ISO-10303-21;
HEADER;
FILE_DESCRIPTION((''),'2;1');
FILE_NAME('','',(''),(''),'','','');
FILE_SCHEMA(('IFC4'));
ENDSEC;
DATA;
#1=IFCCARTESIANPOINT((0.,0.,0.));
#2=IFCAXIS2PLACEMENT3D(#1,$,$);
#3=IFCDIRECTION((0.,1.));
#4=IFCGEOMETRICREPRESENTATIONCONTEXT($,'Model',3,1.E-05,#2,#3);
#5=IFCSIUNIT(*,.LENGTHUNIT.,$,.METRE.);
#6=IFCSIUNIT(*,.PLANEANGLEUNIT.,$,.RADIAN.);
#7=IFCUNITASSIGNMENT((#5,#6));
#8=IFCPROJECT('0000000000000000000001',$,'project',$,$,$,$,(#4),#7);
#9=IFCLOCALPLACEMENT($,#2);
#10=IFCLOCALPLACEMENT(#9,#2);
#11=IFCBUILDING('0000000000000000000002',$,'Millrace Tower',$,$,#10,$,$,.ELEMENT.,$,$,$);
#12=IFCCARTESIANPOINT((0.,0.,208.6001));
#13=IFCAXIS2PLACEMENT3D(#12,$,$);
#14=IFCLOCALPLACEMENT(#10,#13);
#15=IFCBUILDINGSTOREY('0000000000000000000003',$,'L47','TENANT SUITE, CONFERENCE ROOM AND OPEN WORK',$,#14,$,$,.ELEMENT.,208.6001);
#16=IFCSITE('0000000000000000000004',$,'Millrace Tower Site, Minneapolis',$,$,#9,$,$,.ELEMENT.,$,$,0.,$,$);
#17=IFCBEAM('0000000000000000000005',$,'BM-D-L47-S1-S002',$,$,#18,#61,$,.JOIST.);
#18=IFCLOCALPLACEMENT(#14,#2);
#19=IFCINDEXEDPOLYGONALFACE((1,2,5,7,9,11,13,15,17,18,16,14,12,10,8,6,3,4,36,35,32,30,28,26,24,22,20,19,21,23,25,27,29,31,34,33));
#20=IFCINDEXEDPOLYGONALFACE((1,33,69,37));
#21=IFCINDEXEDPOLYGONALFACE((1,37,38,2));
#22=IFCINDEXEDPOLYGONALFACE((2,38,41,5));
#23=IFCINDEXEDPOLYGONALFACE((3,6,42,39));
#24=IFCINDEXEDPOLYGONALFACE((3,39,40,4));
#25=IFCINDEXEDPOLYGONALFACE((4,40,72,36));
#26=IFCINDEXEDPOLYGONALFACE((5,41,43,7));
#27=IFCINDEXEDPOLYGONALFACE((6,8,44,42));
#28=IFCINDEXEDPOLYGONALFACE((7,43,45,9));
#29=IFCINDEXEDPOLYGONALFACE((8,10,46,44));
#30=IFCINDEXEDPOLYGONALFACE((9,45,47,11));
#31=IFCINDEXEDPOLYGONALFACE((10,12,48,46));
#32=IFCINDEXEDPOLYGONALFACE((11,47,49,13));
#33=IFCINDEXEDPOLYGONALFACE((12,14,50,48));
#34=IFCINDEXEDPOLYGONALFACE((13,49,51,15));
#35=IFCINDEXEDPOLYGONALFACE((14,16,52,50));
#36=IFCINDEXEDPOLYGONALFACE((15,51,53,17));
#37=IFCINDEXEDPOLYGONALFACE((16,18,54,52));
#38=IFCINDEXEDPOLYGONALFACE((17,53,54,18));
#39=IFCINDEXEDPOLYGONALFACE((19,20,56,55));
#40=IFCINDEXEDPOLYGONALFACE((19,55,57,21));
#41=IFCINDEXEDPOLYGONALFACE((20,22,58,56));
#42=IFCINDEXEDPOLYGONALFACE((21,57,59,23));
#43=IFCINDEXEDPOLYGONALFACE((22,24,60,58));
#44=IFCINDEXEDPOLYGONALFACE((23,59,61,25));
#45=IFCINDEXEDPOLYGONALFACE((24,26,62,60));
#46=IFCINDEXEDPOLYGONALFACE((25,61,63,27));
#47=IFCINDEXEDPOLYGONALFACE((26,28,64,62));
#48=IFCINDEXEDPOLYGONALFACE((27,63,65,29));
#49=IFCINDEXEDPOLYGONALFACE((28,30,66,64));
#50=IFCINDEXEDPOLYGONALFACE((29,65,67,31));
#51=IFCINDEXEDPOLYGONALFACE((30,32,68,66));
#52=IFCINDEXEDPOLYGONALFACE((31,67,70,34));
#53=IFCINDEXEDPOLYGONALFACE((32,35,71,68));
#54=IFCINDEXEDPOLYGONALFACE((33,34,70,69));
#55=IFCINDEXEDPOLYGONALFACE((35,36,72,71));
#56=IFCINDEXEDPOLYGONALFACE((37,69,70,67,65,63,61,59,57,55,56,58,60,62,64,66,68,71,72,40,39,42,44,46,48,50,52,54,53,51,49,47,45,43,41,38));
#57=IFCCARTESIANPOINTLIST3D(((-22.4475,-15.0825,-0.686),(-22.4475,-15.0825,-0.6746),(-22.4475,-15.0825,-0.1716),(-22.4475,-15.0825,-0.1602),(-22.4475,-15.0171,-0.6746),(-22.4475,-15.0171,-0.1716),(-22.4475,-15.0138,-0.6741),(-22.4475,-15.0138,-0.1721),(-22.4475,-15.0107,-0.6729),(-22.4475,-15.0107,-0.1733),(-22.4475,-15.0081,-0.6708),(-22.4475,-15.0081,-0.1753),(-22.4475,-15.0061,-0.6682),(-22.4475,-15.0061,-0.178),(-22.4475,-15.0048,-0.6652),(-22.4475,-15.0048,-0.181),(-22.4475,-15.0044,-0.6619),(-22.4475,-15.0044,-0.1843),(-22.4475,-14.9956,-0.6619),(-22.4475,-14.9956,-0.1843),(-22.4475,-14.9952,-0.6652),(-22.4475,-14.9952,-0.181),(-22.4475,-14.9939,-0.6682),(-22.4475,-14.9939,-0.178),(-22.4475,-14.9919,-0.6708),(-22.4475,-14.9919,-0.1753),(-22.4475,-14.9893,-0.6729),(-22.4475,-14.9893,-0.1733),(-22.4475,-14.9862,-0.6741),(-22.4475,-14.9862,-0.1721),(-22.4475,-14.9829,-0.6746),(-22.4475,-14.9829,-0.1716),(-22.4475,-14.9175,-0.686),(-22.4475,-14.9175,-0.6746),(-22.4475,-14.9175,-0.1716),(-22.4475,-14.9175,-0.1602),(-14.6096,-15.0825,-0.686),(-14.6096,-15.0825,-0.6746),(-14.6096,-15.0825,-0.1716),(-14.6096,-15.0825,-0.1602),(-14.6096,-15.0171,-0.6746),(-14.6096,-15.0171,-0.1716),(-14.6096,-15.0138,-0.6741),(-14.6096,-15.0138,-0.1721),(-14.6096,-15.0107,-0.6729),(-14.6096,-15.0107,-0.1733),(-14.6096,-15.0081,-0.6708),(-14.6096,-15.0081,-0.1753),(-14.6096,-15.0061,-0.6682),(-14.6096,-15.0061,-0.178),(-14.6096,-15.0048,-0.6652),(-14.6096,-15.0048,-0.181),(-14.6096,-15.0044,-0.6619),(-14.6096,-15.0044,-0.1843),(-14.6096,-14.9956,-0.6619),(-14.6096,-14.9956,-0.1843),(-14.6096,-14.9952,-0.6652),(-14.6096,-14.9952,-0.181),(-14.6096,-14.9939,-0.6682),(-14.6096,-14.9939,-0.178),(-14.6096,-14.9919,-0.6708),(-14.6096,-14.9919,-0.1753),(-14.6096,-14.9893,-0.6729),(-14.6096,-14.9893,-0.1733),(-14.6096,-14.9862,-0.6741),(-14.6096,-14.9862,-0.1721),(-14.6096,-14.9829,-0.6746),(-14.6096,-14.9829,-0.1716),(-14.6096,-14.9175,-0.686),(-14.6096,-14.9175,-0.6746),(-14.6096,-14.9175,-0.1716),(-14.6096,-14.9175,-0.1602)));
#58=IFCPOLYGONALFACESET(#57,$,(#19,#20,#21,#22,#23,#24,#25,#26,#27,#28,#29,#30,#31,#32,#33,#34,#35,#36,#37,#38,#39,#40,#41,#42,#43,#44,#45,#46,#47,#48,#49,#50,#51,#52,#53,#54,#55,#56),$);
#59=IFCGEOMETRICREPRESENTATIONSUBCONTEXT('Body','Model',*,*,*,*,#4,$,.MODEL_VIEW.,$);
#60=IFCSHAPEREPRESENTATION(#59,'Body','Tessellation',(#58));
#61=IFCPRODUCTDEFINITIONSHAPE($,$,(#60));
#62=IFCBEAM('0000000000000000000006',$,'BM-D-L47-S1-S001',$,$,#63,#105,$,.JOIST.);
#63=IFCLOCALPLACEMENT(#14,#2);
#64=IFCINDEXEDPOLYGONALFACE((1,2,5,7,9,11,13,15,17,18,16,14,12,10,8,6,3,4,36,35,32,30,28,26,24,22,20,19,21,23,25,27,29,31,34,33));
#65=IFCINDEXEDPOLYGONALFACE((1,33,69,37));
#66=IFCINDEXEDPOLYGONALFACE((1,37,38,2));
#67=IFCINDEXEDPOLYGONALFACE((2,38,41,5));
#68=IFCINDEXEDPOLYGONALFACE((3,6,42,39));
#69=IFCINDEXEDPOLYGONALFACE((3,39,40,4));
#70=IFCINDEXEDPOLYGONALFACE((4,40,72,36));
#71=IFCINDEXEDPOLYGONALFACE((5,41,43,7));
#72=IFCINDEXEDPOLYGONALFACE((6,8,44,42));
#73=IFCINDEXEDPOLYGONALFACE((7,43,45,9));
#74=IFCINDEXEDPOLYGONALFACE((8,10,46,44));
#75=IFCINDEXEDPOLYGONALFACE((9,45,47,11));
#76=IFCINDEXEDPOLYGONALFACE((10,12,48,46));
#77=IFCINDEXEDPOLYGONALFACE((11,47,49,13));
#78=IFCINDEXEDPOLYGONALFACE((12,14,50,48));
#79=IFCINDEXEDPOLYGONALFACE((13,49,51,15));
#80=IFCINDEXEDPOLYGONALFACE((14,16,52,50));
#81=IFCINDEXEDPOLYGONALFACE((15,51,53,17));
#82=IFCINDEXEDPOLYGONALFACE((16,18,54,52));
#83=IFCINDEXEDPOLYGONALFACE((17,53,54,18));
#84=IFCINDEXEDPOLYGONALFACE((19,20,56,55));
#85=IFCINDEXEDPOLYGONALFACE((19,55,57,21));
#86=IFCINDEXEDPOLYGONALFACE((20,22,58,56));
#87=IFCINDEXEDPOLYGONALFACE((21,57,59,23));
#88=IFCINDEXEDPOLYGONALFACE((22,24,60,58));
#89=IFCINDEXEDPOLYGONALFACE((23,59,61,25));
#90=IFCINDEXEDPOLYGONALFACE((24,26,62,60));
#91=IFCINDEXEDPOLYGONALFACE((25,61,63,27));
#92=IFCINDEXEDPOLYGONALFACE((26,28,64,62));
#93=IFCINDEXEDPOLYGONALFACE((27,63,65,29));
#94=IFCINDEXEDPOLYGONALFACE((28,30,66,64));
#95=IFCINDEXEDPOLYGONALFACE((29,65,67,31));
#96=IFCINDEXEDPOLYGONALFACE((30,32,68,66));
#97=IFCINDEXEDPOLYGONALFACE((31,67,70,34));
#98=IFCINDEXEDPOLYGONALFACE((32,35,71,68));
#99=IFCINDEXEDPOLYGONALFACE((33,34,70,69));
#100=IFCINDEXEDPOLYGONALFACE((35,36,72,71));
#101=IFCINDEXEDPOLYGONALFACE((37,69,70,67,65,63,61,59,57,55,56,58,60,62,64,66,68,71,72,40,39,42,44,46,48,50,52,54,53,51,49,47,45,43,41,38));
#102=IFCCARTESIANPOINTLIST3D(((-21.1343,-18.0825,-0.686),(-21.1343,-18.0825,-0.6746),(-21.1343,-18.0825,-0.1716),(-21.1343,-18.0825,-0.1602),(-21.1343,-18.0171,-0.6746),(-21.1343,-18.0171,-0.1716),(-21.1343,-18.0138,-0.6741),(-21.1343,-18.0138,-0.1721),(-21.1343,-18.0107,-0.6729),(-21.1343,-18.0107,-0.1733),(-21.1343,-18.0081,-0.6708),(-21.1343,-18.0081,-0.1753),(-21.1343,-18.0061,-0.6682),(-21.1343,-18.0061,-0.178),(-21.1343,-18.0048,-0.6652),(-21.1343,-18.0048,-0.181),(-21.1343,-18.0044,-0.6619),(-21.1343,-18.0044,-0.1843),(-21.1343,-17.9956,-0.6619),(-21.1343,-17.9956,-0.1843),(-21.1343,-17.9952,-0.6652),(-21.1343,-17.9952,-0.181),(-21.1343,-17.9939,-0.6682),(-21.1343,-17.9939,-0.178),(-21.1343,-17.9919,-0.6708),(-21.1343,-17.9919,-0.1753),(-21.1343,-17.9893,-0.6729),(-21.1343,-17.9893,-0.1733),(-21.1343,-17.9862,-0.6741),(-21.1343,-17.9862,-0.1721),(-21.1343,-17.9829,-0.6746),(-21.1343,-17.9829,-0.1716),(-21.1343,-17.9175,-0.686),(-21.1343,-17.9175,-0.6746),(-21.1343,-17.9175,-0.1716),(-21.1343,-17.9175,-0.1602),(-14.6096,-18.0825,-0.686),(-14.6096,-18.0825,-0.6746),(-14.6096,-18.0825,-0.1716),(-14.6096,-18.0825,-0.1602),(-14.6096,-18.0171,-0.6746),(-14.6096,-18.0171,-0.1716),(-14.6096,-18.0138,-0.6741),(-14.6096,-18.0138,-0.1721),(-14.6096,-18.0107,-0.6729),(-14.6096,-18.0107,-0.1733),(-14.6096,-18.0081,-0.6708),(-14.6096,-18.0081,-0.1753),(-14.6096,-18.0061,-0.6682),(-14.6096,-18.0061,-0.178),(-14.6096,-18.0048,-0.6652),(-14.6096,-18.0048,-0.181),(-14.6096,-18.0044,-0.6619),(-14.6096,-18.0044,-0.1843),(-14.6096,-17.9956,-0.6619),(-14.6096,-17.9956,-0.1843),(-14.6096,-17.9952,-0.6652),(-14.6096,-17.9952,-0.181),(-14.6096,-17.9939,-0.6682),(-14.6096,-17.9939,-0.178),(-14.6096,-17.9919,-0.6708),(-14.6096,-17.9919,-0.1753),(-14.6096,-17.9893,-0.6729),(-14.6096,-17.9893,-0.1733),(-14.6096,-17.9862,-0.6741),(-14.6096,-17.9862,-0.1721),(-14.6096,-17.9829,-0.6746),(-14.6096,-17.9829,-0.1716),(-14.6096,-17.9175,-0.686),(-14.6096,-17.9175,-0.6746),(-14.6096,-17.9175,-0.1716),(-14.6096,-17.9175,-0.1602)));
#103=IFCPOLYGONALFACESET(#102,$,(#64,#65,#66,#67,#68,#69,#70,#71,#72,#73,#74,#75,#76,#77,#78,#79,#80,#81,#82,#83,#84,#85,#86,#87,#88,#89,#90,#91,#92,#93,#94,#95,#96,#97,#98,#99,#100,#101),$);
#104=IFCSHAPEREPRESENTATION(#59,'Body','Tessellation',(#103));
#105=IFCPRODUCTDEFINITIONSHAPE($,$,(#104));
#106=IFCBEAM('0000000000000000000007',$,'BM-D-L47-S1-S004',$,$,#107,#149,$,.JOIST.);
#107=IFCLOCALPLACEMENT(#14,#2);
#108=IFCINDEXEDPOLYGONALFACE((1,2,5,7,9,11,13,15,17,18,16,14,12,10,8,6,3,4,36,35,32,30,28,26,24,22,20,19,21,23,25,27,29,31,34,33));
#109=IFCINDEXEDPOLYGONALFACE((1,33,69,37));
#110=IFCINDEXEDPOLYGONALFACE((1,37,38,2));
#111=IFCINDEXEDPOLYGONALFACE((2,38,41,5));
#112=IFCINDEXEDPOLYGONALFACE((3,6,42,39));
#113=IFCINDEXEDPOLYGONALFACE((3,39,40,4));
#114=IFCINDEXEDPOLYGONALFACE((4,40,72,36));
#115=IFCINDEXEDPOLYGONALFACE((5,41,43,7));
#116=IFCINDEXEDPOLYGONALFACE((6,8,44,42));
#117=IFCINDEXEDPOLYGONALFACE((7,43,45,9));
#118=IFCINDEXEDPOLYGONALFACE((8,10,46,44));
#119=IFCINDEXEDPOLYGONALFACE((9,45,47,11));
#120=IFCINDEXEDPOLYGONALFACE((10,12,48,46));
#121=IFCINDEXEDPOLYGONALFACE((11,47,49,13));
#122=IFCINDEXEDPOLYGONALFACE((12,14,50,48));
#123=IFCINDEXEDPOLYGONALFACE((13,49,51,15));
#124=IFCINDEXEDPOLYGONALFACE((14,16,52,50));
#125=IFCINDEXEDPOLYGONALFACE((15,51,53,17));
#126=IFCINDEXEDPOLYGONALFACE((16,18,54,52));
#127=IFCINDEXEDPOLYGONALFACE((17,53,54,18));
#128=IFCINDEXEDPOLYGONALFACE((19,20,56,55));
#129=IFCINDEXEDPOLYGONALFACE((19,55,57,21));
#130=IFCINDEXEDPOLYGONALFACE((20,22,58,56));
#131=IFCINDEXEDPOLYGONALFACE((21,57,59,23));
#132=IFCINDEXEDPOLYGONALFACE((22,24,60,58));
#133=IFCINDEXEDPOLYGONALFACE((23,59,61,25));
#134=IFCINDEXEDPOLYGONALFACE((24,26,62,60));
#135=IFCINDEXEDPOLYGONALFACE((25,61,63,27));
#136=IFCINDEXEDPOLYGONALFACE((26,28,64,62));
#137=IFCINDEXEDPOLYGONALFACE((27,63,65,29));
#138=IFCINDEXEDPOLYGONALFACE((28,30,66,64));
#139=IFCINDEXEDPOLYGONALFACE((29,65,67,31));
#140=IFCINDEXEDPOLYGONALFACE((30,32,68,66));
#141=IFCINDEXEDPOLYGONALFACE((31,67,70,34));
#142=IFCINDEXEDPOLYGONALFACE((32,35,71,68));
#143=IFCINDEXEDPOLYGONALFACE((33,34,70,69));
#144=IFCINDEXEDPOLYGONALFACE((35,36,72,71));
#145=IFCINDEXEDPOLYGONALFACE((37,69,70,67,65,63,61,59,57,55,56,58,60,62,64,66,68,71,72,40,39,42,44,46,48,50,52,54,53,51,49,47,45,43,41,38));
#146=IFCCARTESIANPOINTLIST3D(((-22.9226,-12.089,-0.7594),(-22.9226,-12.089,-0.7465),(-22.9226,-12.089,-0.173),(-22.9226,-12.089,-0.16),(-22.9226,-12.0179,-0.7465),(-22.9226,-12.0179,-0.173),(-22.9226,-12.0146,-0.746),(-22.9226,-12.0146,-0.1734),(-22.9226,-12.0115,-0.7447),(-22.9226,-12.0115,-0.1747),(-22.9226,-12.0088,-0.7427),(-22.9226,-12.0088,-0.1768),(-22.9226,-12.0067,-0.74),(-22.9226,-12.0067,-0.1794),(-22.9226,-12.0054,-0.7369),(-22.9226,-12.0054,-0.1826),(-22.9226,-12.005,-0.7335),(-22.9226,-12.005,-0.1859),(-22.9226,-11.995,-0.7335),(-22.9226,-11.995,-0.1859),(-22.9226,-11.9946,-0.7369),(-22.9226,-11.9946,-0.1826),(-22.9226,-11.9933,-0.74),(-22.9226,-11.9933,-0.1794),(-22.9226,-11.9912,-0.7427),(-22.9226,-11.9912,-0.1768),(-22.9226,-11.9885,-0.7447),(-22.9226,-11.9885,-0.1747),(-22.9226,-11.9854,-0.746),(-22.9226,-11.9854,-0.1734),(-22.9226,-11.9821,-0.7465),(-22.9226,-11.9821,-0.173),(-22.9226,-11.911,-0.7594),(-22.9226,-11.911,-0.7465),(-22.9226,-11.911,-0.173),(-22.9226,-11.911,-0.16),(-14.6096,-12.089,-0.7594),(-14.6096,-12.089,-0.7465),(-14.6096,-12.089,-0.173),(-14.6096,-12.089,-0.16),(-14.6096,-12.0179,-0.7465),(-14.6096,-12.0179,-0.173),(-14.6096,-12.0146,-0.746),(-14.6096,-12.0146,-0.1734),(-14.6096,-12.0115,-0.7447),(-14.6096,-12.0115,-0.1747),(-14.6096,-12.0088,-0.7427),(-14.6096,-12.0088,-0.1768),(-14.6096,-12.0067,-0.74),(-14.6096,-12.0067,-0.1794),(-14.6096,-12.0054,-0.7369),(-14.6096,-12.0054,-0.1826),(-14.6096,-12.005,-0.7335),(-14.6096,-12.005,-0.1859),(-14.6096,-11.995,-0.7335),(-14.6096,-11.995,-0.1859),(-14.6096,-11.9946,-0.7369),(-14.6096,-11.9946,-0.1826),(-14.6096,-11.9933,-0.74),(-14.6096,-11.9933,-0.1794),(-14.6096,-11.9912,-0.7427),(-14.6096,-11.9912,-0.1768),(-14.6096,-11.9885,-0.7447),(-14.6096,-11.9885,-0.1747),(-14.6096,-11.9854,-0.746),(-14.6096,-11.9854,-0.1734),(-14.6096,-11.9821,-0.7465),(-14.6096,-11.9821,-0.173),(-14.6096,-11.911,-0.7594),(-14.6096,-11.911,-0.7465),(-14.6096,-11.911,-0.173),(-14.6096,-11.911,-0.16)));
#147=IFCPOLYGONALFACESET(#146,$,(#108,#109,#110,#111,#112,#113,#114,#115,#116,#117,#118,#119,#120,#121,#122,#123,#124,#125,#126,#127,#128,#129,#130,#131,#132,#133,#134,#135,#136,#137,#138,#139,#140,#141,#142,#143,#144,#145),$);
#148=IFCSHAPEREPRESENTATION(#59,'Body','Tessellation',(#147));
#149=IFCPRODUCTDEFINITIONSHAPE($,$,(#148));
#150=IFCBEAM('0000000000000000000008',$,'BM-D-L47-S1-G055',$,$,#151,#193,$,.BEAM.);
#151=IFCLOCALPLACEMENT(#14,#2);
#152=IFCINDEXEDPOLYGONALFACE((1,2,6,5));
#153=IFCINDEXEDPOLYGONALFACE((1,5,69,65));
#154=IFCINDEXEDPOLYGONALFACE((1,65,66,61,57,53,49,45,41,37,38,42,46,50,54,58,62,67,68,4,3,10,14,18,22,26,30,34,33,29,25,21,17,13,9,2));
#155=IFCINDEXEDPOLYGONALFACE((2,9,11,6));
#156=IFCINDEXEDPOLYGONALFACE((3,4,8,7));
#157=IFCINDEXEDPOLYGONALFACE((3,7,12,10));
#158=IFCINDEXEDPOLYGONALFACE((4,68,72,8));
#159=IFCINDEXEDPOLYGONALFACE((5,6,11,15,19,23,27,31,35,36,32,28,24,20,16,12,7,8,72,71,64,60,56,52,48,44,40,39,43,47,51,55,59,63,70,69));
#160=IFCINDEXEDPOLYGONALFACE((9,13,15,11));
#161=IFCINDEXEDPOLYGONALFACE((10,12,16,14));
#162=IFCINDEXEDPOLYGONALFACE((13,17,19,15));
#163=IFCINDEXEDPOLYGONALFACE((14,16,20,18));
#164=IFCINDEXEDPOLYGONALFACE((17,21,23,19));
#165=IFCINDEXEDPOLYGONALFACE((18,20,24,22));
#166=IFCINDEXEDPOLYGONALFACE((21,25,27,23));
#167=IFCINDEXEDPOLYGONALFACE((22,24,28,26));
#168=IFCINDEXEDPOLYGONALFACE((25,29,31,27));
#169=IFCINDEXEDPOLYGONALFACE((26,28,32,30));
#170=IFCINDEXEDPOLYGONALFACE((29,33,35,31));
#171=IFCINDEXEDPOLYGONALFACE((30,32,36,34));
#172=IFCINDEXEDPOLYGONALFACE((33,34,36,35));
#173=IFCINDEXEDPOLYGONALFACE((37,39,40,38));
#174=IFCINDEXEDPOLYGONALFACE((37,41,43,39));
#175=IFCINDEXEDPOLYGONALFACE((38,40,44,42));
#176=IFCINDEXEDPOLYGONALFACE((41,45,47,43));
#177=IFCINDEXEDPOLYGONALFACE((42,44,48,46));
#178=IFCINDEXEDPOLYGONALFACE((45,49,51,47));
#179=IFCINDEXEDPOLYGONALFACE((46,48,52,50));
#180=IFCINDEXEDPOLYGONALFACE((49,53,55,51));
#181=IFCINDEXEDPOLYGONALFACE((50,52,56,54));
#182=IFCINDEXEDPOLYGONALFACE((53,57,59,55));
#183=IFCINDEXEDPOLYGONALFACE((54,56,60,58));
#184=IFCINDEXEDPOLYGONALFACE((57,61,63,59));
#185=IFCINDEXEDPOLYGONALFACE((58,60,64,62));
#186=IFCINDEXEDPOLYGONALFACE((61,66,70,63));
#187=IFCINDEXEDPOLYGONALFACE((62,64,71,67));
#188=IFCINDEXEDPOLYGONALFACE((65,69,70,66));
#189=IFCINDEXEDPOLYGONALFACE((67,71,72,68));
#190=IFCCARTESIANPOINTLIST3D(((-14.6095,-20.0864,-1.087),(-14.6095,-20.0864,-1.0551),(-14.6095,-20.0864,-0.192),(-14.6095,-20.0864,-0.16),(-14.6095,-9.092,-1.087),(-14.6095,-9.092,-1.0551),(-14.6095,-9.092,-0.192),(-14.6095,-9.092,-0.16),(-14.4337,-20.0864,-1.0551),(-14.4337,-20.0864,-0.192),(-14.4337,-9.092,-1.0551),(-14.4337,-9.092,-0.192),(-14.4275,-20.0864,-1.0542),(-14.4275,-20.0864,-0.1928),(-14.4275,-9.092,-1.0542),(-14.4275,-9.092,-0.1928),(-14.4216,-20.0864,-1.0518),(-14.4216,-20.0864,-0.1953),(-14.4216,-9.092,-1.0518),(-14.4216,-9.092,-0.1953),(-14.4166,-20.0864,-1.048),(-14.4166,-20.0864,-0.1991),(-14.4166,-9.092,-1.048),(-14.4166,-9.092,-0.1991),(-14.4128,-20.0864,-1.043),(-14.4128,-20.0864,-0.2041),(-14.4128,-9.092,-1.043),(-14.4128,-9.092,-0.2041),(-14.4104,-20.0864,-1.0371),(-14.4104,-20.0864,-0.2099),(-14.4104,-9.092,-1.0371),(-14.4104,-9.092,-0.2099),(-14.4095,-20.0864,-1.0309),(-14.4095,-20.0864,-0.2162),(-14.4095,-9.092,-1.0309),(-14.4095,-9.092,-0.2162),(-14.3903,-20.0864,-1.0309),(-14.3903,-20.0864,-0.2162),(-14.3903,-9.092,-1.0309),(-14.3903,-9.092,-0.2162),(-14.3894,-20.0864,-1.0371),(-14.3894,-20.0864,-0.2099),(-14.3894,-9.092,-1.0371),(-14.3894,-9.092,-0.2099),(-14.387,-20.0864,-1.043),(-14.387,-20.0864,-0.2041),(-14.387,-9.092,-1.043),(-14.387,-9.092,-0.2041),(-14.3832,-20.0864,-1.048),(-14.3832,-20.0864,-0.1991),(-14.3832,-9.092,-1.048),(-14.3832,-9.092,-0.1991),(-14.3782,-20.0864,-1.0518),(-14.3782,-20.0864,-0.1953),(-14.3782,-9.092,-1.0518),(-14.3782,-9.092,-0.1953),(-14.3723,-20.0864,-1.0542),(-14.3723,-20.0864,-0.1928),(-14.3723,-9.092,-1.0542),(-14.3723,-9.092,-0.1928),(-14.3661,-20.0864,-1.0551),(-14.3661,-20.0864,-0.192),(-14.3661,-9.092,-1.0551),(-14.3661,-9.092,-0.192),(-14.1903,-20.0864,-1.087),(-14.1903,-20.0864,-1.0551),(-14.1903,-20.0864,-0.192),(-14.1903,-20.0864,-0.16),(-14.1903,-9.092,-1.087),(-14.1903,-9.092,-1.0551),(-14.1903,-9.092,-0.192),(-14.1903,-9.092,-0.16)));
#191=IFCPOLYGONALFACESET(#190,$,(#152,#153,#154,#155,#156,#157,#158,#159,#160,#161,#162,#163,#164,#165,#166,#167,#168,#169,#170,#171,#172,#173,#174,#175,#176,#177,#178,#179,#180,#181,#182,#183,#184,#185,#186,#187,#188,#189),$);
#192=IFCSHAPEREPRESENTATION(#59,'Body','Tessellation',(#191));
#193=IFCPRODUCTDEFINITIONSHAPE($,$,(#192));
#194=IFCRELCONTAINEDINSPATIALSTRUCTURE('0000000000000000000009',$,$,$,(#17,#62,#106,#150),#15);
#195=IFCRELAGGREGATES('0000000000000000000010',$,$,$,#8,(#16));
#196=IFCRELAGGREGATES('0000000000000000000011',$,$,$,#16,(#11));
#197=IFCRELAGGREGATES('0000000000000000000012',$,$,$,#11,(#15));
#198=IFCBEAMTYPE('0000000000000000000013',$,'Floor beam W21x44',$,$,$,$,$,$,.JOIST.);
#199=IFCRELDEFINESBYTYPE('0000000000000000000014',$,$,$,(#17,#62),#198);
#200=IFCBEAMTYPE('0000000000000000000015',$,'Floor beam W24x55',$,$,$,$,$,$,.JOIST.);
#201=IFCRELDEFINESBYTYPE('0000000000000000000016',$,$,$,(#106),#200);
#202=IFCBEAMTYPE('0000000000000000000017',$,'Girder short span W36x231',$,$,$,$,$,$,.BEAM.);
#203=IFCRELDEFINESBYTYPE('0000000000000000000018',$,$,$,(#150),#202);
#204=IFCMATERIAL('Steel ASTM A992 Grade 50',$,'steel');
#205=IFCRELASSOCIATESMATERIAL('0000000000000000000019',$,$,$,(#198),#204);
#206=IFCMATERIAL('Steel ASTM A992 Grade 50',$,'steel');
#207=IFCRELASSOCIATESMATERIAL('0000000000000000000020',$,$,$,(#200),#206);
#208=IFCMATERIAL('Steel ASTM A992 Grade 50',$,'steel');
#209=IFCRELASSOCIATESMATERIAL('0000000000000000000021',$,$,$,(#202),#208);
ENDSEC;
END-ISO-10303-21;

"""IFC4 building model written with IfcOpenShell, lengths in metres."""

from ifc_helpers import new_model, si_unit, direction, frame, origin, origin_2d, place, context, subcontext, project, spatial, i_section, extrude, material, material_profile, profile_set, type_object, element, save


model = new_model("IFC4")

# Units and contexts
model_context = context("Model", 3, precision=1e-05, world=origin(), true_north=direction((0.0, 1.0)))
body_context = subcontext(model_context, "Body", "Model", "MODEL_VIEW")
ifc_project = project(units=[si_unit("LENGTHUNIT", "METRE"), si_unit("PLANEANGLEUNIT", "RADIAN")], contexts=[model_context])

# Site, building, storey
site_placement = place(None, origin())
site = spatial("IfcSite", under=ifc_project, at=site_placement, Name="Millrace Tower Site, Minneapolis", CompositionType="ELEMENT", RefElevation=0.0)
building_placement = place(site_placement, origin())
building = spatial("IfcBuilding", under=site, at=building_placement, Name="Millrace Tower", CompositionType="ELEMENT")
storey_placement = place(building_placement, frame((0.0, 0.0, 208.6001)))
storey = spatial("IfcBuildingStorey", under=building, at=storey_placement, Name="L47", Description="TENANT SUITE, CONFERENCE ROOM AND OPEN WORK", CompositionType="ELEMENT", Elevation=208.6001)

# Beams
ifc_material_1 = material(Name="Steel ASTM A992 Grade 50", Category="steel")
ifc_material_profile_1 = material_profile(ifc_material_1, i_section(OverallWidth=0.165, OverallDepth=0.5259, WebThickness=0.0088, FlangeThickness=0.0115, FilletRadius=0.0127, at=origin_2d()))
ifc_profile_set_1 = profile_set([ifc_material_profile_1], Name="Steel ASTM A992 Grade 50")
beam_type_1 = type_object("IfcBeamType", Name="Floor beam W21x44", PredefinedType="JOIST", material=ifc_profile_set_1)
beam_1_placement = place(storey_placement, frame((-22.4475, -15.0, -0.4231), z_axis=(1.0, 0.0, 0.0), x_axis=(0.0, 1.0, 0.0)))
element("IfcBeam", 1, at=beam_1_placement, inside=storey, type_object=beam_type_1, Name="BM-D-L47-S1-S002", PredefinedType="JOIST", context=body_context, shape_type="SweptSolid", body=[
    extrude(i_section(OverallWidth=0.165, OverallDepth=0.5259, WebThickness=0.0088, FlangeThickness=0.0115, FilletRadius=0.0127, at=origin_2d()), origin(), (0.0, 0.0, 1.0), 7.8379),
])
beam_2_placement = place(storey_placement, frame((-21.1343, -18.0, -0.4231), z_axis=(1.0, 0.0, 0.0), x_axis=(0.0, 1.0, 0.0)))
element("IfcBeam", 2, at=beam_2_placement, inside=storey, type_object=beam_type_1, Name="BM-D-L47-S1-S001", PredefinedType="JOIST", context=body_context, shape_type="SweptSolid", body=[
    extrude(i_section(OverallWidth=0.165, OverallDepth=0.5259, WebThickness=0.0088, FlangeThickness=0.0115, FilletRadius=0.0127, at=origin_2d()), origin(), (0.0, 0.0, 1.0), 6.5247),
])
ifc_material_2 = material(Name="Steel ASTM A992 Grade 50", Category="steel")
ifc_material_profile_2 = material_profile(ifc_material_2, i_section(OverallWidth=0.178, OverallDepth=0.5994, WebThickness=0.01, FlangeThickness=0.0129, FilletRadius=0.0129, at=origin_2d()))
ifc_profile_set_2 = profile_set([ifc_material_profile_2], Name="Steel ASTM A992 Grade 50")
beam_type_2 = type_object("IfcBeamType", Name="Floor beam W24x55", PredefinedType="JOIST", material=ifc_profile_set_2)
beam_3_placement = place(storey_placement, frame((-22.9226, -12.0, -0.4597), z_axis=(1.0, 0.0, 0.0), x_axis=(0.0, 1.0, 0.0)))
element("IfcBeam", 3, at=beam_3_placement, inside=storey, type_object=beam_type_2, Name="BM-D-L47-S1-S004", PredefinedType="JOIST", context=body_context, shape_type="SweptSolid", body=[
    extrude(i_section(OverallWidth=0.178, OverallDepth=0.5994, WebThickness=0.01, FlangeThickness=0.0129, FilletRadius=0.0129, at=origin_2d()), origin(), (0.0, 0.0, 1.0), 8.313),
])
ifc_material_3 = material(Name="Steel ASTM A992 Grade 50", Category="steel")
ifc_material_profile_3 = material_profile(ifc_material_3, i_section(OverallWidth=0.4192, OverallDepth=0.927, WebThickness=0.0193, FlangeThickness=0.032, FilletRadius=0.0242, at=origin_2d()))
ifc_profile_set_3 = profile_set([ifc_material_profile_3], Name="Steel ASTM A992 Grade 50")
beam_type_3 = type_object("IfcBeamType", Name="Girder short span W36x231", PredefinedType="BEAM", material=ifc_profile_set_3)
beam_4_placement = place(storey_placement, frame((-14.3999, -20.0864, -0.6235), z_axis=(0.0, 1.0, 0.0), x_axis=(-1.0, 0.0, 0.0)))
element("IfcBeam", 4, at=beam_4_placement, inside=storey, type_object=beam_type_3, Name="BM-D-L47-S1-G055", PredefinedType="BEAM", context=body_context, shape_type="SweptSolid", body=[
    extrude(i_section(OverallWidth=0.4192, OverallDepth=0.927, WebThickness=0.0193, FlangeThickness=0.032, FilletRadius=0.0242, at=origin_2d()), origin(), (0.0, 0.0, 1.0), 10.9944),
])

save(model, "model.ifc")
